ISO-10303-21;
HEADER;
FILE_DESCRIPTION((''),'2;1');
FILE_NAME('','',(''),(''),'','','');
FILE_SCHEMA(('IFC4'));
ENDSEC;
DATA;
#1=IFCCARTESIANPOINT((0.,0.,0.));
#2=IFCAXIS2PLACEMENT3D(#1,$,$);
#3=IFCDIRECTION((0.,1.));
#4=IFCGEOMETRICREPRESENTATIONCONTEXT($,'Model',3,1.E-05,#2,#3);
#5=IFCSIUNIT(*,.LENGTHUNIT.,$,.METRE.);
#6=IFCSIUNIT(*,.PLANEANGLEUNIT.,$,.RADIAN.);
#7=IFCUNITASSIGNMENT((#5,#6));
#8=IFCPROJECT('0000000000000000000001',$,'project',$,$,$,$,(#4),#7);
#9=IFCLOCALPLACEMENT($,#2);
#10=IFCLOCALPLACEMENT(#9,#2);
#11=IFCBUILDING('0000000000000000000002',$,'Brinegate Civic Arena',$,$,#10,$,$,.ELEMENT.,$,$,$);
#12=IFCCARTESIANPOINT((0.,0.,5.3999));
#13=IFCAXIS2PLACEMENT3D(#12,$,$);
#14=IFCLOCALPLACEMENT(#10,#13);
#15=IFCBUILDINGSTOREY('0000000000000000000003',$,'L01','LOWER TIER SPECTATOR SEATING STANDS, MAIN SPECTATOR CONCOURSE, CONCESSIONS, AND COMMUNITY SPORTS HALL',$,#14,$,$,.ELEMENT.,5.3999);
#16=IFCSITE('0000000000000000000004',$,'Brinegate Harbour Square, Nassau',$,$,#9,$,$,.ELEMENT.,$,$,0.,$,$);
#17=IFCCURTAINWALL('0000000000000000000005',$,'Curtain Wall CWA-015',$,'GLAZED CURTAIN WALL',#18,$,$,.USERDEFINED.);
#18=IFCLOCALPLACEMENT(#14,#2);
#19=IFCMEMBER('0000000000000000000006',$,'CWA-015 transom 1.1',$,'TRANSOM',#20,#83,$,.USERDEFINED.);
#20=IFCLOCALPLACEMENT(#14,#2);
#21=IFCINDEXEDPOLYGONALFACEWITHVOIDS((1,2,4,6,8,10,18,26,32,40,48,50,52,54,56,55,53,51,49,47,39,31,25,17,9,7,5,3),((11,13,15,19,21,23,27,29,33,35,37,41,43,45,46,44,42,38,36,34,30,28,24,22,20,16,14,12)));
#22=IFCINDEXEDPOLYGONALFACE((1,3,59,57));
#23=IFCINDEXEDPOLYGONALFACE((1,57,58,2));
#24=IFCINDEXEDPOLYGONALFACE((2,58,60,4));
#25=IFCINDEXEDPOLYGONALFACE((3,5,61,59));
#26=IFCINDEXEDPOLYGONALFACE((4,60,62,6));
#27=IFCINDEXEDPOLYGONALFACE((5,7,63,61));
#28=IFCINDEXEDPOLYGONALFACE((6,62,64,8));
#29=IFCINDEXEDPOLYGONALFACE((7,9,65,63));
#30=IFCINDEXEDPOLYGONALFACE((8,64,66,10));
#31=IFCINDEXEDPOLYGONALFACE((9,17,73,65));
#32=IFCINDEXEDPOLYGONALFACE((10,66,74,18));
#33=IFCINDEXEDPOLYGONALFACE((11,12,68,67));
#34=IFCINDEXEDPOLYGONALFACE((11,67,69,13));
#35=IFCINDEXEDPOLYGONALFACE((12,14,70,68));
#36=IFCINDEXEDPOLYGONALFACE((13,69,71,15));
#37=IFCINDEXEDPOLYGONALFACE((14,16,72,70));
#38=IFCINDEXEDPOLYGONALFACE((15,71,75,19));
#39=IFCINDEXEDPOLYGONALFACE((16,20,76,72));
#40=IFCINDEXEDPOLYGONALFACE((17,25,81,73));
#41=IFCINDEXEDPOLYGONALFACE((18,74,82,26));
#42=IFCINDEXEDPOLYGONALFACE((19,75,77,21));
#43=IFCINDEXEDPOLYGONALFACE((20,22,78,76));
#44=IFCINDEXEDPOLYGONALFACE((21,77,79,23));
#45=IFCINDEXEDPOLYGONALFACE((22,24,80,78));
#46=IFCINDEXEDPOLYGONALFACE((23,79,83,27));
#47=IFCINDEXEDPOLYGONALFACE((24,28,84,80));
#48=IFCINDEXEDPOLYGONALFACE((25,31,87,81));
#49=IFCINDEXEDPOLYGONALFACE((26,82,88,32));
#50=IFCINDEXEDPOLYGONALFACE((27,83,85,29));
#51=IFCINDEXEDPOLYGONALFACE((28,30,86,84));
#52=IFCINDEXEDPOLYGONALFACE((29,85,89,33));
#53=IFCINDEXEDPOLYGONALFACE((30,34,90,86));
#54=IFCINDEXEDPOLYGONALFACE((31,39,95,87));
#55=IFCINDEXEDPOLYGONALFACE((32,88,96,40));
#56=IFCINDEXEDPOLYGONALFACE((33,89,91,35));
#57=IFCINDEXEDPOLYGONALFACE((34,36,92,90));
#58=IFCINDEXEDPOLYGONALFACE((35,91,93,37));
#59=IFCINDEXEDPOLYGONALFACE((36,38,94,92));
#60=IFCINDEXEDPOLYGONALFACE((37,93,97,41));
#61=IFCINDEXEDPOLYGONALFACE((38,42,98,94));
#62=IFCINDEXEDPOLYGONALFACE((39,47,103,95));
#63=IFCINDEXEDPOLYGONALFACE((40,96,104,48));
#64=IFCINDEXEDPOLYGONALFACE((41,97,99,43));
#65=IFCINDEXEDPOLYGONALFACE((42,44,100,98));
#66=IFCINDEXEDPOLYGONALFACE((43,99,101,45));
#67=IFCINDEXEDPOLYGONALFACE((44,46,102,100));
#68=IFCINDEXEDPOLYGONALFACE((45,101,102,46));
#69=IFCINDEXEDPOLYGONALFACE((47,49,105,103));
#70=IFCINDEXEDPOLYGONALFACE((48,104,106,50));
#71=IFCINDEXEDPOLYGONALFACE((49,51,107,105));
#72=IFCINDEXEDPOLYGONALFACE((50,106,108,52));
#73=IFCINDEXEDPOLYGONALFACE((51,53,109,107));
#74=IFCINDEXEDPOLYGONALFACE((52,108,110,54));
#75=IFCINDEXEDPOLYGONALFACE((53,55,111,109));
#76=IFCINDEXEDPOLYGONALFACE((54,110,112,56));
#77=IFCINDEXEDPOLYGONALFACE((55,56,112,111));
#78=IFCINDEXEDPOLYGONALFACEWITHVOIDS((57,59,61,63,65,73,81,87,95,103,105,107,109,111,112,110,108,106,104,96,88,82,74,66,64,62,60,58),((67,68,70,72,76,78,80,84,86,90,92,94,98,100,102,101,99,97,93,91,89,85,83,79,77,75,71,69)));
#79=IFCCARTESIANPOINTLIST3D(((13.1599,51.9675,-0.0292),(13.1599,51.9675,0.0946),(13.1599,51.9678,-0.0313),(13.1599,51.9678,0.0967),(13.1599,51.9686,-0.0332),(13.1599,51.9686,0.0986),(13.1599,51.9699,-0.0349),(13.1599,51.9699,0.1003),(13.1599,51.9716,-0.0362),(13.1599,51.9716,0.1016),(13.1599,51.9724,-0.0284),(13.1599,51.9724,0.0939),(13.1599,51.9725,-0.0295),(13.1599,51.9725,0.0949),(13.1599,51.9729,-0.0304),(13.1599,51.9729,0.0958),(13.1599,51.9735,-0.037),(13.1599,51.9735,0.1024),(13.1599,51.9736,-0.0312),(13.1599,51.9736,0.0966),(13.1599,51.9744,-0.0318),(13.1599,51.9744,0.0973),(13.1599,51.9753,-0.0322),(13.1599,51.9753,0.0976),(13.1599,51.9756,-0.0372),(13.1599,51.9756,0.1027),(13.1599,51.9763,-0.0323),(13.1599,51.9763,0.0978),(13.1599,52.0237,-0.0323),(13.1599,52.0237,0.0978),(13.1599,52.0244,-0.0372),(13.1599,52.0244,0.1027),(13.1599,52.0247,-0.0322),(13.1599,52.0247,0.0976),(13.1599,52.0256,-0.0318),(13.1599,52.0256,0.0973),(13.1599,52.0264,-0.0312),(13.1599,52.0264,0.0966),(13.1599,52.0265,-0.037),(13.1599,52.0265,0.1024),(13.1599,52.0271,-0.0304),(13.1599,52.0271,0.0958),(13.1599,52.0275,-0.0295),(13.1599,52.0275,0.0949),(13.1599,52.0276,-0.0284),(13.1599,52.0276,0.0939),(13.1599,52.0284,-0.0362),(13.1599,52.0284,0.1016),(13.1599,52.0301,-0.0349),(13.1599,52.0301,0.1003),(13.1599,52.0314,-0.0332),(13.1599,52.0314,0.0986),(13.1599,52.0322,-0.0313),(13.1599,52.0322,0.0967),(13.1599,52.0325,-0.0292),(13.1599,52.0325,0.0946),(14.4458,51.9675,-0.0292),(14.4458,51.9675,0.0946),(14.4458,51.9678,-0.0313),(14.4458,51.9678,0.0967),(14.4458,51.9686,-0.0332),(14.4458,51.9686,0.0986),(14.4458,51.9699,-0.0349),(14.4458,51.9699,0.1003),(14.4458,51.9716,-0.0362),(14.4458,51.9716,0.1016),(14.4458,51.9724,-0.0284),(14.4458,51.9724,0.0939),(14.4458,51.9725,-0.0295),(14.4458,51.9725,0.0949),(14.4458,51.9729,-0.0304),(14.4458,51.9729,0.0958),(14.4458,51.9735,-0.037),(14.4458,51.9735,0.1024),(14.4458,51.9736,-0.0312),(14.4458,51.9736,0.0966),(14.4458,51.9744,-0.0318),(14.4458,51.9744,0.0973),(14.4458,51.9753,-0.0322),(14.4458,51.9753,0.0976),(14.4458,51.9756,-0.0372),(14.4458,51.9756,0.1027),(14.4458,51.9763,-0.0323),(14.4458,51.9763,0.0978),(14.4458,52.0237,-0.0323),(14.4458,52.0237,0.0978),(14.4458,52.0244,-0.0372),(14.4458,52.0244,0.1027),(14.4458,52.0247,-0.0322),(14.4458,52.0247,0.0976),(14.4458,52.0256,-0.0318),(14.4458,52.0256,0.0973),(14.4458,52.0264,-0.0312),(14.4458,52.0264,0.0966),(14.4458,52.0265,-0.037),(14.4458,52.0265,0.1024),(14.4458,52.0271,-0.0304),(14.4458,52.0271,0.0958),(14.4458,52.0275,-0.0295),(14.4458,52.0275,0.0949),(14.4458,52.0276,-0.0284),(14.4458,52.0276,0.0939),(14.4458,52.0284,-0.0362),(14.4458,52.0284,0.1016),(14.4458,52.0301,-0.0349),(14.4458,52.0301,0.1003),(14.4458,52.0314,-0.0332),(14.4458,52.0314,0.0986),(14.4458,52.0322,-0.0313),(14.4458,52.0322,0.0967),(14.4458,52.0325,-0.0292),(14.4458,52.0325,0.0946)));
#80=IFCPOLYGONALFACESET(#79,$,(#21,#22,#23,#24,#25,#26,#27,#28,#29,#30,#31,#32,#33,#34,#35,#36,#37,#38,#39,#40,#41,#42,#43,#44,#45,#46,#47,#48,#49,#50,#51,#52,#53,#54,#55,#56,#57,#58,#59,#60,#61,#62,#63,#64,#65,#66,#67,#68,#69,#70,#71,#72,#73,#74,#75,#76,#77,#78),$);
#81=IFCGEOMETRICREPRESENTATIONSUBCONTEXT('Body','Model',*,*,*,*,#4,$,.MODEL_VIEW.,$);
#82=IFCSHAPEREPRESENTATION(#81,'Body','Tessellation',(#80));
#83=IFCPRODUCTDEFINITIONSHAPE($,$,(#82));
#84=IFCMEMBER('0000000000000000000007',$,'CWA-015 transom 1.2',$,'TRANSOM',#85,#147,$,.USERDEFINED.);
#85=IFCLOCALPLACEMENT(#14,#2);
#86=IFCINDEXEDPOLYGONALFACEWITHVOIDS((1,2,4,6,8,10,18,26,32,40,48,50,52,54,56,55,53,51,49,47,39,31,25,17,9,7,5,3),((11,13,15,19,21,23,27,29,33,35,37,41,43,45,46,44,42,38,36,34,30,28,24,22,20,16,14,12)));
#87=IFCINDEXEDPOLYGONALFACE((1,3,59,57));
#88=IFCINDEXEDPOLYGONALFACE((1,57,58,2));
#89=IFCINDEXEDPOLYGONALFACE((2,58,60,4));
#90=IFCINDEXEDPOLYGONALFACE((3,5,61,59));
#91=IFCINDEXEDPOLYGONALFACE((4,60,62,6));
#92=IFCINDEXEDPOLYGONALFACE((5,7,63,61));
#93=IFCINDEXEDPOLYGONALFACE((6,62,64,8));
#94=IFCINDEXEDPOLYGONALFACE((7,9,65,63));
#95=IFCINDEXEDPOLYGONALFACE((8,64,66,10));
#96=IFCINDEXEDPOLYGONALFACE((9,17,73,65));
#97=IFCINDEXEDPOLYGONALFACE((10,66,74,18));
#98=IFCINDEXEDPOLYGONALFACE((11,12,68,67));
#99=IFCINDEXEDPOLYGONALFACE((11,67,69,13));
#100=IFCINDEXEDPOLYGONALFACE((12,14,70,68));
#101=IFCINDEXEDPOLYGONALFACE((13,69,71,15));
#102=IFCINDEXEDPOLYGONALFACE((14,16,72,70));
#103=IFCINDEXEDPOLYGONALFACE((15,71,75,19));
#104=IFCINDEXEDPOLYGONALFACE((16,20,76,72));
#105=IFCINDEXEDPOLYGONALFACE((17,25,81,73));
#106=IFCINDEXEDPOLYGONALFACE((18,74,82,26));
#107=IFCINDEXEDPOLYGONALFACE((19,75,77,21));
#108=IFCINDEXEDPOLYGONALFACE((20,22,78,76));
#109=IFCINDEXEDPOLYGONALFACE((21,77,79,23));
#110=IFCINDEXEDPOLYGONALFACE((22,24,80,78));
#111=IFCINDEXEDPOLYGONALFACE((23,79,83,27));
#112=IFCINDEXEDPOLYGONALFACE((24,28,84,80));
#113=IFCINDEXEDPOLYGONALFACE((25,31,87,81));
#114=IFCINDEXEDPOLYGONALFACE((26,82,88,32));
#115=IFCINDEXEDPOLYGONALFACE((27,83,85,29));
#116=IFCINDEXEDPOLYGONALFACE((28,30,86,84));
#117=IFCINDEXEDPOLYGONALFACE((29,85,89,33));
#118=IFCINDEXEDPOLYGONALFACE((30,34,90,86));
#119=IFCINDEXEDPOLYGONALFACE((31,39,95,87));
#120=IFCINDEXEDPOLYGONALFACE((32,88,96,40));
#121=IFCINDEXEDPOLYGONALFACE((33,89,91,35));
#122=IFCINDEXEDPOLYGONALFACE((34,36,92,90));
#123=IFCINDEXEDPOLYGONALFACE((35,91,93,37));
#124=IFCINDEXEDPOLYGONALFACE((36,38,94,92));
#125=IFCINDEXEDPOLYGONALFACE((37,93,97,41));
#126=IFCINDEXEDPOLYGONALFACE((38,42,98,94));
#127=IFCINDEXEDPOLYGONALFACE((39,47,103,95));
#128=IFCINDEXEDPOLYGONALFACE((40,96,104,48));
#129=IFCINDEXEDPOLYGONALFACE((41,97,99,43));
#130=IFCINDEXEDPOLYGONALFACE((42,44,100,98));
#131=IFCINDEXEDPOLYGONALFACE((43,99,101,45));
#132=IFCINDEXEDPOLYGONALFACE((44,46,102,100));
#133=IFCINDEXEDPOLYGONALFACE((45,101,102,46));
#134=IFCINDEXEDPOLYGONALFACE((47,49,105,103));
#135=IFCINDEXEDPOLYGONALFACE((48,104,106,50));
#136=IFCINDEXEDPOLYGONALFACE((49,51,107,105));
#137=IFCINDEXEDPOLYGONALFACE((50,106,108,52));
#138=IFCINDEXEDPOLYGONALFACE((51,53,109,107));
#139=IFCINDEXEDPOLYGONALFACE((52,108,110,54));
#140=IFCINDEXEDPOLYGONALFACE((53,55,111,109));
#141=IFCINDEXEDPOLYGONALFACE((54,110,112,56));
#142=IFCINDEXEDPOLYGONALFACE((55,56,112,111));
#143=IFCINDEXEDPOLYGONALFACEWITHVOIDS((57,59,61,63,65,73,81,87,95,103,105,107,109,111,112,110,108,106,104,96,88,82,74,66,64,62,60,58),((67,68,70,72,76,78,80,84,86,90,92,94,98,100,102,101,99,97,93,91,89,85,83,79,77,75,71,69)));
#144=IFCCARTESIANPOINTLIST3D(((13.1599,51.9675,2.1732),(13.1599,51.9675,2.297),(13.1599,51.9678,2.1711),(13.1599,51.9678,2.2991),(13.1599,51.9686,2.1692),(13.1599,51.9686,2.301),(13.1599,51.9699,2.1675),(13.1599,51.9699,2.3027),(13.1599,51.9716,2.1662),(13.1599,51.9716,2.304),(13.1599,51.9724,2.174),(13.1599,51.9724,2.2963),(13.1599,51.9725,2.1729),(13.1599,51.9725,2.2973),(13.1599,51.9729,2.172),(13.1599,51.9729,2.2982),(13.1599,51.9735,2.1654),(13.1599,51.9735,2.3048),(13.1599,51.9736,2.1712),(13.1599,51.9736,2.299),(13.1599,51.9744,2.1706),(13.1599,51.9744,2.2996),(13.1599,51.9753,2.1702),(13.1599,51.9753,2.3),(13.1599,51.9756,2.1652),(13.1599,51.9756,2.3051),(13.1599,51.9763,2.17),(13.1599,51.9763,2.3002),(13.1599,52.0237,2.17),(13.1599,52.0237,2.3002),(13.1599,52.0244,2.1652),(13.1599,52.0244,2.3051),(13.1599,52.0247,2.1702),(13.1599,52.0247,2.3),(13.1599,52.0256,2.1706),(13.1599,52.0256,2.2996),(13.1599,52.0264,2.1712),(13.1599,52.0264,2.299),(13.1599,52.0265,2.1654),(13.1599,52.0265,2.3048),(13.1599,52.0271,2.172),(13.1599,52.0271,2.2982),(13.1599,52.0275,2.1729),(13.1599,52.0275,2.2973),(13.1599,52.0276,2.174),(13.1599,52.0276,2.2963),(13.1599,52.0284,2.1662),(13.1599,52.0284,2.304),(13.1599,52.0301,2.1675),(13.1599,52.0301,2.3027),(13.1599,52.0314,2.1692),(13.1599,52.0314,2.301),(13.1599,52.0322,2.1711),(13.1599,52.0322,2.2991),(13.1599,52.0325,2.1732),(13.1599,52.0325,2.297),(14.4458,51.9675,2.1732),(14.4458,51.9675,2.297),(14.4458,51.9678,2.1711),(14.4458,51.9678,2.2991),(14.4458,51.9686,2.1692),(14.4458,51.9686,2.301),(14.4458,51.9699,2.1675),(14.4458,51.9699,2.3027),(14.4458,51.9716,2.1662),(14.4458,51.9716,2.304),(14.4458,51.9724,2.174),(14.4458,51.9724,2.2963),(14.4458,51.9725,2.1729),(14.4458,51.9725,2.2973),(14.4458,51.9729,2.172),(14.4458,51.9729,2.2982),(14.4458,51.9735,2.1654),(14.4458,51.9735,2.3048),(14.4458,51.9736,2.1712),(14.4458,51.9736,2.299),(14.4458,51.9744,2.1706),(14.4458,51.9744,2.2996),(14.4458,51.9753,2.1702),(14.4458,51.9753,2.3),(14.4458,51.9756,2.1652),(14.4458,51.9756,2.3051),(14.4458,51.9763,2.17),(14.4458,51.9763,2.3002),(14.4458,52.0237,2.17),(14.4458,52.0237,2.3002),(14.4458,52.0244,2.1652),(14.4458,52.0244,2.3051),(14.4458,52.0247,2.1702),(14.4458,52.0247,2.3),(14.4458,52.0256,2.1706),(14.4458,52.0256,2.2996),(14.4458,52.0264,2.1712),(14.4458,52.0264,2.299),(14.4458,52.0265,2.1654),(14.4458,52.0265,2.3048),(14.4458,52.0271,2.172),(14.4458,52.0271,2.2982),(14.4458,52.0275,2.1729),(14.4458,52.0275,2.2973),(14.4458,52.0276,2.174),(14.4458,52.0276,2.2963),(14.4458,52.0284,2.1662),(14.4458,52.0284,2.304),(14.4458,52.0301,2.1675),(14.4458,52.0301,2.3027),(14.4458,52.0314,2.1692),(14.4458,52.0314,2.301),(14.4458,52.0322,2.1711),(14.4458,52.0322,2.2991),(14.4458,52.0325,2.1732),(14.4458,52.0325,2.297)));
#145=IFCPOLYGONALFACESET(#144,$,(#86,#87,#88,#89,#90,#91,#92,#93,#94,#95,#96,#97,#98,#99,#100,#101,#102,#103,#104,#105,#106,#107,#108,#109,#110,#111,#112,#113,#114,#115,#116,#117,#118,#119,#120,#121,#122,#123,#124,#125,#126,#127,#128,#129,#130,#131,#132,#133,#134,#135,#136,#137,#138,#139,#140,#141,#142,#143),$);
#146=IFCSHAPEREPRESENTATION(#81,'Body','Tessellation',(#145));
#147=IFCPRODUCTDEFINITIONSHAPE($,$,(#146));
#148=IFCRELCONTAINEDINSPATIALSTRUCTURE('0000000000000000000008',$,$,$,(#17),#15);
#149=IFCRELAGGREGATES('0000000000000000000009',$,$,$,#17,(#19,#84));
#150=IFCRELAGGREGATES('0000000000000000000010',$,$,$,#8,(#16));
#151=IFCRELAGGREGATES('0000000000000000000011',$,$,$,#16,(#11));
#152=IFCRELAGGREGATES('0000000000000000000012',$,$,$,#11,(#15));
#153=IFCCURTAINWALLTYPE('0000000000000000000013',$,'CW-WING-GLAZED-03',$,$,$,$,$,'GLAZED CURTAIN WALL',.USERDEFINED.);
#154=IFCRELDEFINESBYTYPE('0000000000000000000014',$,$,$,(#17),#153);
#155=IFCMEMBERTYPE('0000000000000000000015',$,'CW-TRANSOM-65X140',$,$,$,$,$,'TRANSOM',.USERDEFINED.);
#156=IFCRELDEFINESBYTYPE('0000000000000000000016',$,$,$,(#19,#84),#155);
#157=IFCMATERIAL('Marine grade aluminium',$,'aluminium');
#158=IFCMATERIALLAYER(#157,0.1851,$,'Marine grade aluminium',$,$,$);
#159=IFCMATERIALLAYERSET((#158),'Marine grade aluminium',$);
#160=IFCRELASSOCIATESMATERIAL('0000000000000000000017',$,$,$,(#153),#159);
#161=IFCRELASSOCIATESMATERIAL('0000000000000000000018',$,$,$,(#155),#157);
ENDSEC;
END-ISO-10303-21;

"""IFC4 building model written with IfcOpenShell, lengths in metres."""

from ifc_helpers import new_model, si_unit, direction, frame, origin, origin_2d, place, context, subcontext, project, spatial, hollow_rectangle, extrude, material, layer, layer_set, material_profile, profile_set, type_object, element, aggregate, save


model = new_model("IFC4")

# Units and contexts
model_context = context("Model", 3, precision=1e-05, world=origin(), true_north=direction((0.0, 1.0)))
body_context = subcontext(model_context, "Body", "Model", "MODEL_VIEW")
ifc_project = project(units=[si_unit("LENGTHUNIT", "METRE"), si_unit("PLANEANGLEUNIT", "RADIAN")], contexts=[model_context])

# Site, building, storey
site_placement = place(None, origin())
site = spatial("IfcSite", under=ifc_project, at=site_placement, Name="Brinegate Harbour Square, Nassau", CompositionType="ELEMENT", RefElevation=0.0)
building_placement = place(site_placement, origin())
building = spatial("IfcBuilding", under=site, at=building_placement, Name="Brinegate Civic Arena", CompositionType="ELEMENT")
storey_placement = place(building_placement, frame((0.0, 0.0, 5.3999)))
storey = spatial("IfcBuildingStorey", under=building, at=storey_placement, Name="L01", Description="LOWER TIER SPECTATOR SEATING STANDS, MAIN SPECTATOR CONCOURSE, CONCESSIONS, AND COMMUNITY SPORTS HALL", CompositionType="ELEMENT", Elevation=5.3999)

# Shared definitions
ifc_material_1 = material(Name="Marine grade aluminium", Category="aluminium")
ifc_layer_1 = layer(ifc_material_1, 0.1851, Name="Marine grade aluminium")
ifc_layer_set_1 = layer_set([ifc_layer_1], Name="Marine grade aluminium")
curtain_wall_type = type_object("IfcCurtainWallType", Name="CW-WING-GLAZED-03", ElementType="GLAZED CURTAIN WALL", PredefinedType="USERDEFINED", material=ifc_layer_set_1)

# Curtain wall, members
curtain_wall_1_placement = place(storey_placement, origin())
curtain_wall_1 = element("IfcCurtainWall", 1, at=curtain_wall_1_placement, inside=storey, type_object=curtain_wall_type, Name="Curtain Wall CWA-015", ObjectType="GLAZED CURTAIN WALL", PredefinedType="USERDEFINED")
ifc_material_profile_1 = material_profile(ifc_material_1, hollow_rectangle(XDim=0.0649, YDim=0.1399, WallThickness=0.0049, InnerFilletRadius=0.0039, OuterFilletRadius=0.0081, at=origin_2d()), Name="TRN65X140")
ifc_profile_set_1 = profile_set([ifc_material_profile_1], Name="Marine grade aluminium")
member_type_1 = type_object("IfcMemberType", Name="CW-TRANSOM-65X140", ElementType="TRANSOM", PredefinedType="USERDEFINED", material=ifc_profile_set_1)
member_1_placement = place(storey_placement, frame((13.1599, 52.0, 0.0327), z_axis=(1.0, 0.0, 0.0), x_axis=(0.0, 1.0, 0.0)))
member_1 = element("IfcMember", 2, at=member_1_placement, type_object=member_type_1, Name="CWA-015 transom 1.1", ObjectType="TRANSOM", PredefinedType="USERDEFINED", context=body_context, shape_type="SweptSolid", body=[
    extrude(hollow_rectangle(XDim=0.0649, YDim=0.1399, WallThickness=0.0049, InnerFilletRadius=0.0039, OuterFilletRadius=0.0081, at=origin_2d()), origin(), (0.0, 0.0, 1.0), 1.2859),
])
member_2_placement = place(storey_placement, frame((13.1599, 52.0, 2.2351), z_axis=(1.0, 0.0, 0.0), x_axis=(0.0, 1.0, 0.0)))
member_2 = element("IfcMember", 3, at=member_2_placement, type_object=member_type_1, Name="CWA-015 transom 1.2", ObjectType="TRANSOM", PredefinedType="USERDEFINED", context=body_context, shape_type="SweptSolid", body=[
    extrude(hollow_rectangle(XDim=0.0649, YDim=0.1399, WallThickness=0.0049, InnerFilletRadius=0.0039, OuterFilletRadius=0.0081, at=origin_2d()), origin(), (0.0, 0.0, 1.0), 1.2859),
])

aggregate(curtain_wall_1, [member_1, member_2])

save(model, "model.ifc")
